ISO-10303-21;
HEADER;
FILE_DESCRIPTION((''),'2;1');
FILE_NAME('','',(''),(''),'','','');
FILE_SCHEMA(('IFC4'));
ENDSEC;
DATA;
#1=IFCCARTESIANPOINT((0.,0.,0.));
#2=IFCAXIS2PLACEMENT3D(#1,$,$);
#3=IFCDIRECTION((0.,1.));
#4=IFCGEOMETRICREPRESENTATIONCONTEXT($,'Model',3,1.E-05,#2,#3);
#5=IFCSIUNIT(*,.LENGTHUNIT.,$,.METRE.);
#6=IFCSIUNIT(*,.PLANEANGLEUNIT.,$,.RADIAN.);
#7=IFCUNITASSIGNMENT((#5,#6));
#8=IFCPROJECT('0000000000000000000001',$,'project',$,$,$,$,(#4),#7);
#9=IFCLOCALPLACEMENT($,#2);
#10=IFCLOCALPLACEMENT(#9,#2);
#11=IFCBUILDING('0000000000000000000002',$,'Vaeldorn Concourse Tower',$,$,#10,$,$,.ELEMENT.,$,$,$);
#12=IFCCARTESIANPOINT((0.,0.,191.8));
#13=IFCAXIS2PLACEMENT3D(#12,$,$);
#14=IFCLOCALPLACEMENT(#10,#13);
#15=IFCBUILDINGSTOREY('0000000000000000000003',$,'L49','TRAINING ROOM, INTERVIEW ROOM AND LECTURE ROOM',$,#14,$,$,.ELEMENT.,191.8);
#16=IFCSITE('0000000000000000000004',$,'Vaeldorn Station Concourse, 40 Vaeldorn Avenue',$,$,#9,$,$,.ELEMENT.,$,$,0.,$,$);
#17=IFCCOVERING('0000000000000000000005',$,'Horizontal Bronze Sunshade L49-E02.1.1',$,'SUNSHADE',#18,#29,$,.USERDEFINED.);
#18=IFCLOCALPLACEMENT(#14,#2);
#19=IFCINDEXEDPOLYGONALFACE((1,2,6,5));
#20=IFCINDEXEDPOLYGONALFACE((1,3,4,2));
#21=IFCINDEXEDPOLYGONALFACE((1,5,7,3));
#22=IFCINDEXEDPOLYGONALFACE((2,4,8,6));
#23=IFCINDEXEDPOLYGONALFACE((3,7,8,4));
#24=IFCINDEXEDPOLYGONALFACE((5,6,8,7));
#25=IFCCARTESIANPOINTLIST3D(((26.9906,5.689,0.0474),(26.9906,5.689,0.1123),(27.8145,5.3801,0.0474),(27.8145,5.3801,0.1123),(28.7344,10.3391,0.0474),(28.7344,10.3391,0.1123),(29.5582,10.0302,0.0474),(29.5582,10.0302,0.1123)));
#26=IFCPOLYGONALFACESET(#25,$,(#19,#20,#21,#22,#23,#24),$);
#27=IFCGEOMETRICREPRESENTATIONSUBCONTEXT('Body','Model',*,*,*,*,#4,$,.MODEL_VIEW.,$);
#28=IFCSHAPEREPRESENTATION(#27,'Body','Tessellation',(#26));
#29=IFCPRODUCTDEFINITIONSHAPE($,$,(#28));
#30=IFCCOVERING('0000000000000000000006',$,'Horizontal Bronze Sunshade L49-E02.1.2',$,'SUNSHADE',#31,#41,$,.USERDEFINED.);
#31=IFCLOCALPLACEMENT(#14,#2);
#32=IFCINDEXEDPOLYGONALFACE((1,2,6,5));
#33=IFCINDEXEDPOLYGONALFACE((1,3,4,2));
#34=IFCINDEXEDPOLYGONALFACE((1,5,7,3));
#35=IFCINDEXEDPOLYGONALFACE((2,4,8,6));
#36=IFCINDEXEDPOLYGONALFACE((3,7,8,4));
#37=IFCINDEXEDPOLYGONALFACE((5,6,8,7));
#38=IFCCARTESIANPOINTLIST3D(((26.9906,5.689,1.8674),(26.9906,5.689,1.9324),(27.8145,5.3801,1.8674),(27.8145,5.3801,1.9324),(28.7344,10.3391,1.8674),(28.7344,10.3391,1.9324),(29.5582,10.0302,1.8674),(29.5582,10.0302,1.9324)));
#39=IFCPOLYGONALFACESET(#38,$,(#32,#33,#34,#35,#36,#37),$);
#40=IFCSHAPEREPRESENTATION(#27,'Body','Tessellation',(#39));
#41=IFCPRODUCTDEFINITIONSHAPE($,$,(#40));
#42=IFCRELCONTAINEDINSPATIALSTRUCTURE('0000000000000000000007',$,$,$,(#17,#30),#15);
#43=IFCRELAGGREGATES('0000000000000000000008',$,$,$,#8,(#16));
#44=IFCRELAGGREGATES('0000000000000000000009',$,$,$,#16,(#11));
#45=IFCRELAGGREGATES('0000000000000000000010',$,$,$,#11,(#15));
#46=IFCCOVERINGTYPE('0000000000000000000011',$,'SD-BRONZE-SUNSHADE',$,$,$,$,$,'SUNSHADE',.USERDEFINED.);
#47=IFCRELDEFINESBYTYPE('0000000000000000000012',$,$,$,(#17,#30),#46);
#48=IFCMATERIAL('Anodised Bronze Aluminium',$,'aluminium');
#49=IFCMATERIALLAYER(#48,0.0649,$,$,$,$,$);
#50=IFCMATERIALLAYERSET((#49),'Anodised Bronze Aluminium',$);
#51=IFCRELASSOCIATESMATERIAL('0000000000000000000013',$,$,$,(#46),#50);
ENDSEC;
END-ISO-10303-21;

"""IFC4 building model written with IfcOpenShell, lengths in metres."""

from ifc_helpers import new_model, si_unit, direction, frame, origin, origin_2d, place, context, subcontext, project, spatial, rectangle, extrude, source, transform, mapped, material, layer, layer_set, type_object, element, save


model = new_model("IFC4")

# Units and contexts
model_context = context("Model", 3, precision=1e-05, world=origin(), true_north=direction((0.0, 1.0)))
body_context = subcontext(model_context, "Body", "Model", "MODEL_VIEW")
ifc_project = project(units=[si_unit("LENGTHUNIT", "METRE"), si_unit("PLANEANGLEUNIT", "RADIAN")], contexts=[model_context])

# Site, building, storey
site_placement = place(None, origin())
site = spatial("IfcSite", under=ifc_project, at=site_placement, Name="Vaeldorn Station Concourse, 40 Vaeldorn Avenue", CompositionType="ELEMENT", RefElevation=0.0)
building_placement = place(site_placement, origin())
building = spatial("IfcBuilding", under=site, at=building_placement, Name="Vaeldorn Concourse Tower", CompositionType="ELEMENT")
storey_placement = place(building_placement, frame((0.0, 0.0, 191.8)))
storey = spatial("IfcBuildingStorey", under=building, at=storey_placement, Name="L49", Description="TRAINING ROOM, INTERVIEW ROOM AND LECTURE ROOM", CompositionType="ELEMENT", Elevation=191.8)

# Shared definitions
ifc_material_1 = material(Name="Anodised Bronze Aluminium", Category="aluminium")

# Coverings
ifc_layer_1 = layer(ifc_material_1, 0.0649)
ifc_layer_set_1 = layer_set([ifc_layer_1], Name="Anodised Bronze Aluminium")
covering_type = type_object("IfcCoveringType", Name="SD-BRONZE-SUNSHADE", ElementType="SUNSHADE", PredefinedType="USERDEFINED", material=ifc_layer_set_1)
shared_shape_1 = source(origin(), body_context, "Body", "SweptSolid", [
    extrude(rectangle(XDim=4.9663, YDim=0.8799, at=origin_2d()), origin(), (0.0, 0.0, 1.0), 0.0649),
])
for number, where, z_axis, x_axis, name in (
    (1, (28.2744, 7.8596, 0.0474), (0.0, 0.0, 1.0), (0.351123, 0.936329, 0.0), "Horizontal Bronze Sunshade L49-E02.1.1"),
    (2, (28.2744, 7.8596, 1.8674), (0.0, 0.0, 1.0), (0.351123, 0.936329, 0.0), "Horizontal Bronze Sunshade L49-E02.1.2"),
):
    element("IfcCovering", number, at=place(storey_placement, frame(where, z_axis=z_axis, x_axis=x_axis)), inside=storey, type_object=covering_type, Name=name, ObjectType="SUNSHADE", PredefinedType="USERDEFINED", context=body_context, shape_type="MappedRepresentation", body=[
        mapped(shared_shape_1, transform((0.0, 0.0, 0.0), scale=1.0)),
    ])

save(model, "model.ifc")
